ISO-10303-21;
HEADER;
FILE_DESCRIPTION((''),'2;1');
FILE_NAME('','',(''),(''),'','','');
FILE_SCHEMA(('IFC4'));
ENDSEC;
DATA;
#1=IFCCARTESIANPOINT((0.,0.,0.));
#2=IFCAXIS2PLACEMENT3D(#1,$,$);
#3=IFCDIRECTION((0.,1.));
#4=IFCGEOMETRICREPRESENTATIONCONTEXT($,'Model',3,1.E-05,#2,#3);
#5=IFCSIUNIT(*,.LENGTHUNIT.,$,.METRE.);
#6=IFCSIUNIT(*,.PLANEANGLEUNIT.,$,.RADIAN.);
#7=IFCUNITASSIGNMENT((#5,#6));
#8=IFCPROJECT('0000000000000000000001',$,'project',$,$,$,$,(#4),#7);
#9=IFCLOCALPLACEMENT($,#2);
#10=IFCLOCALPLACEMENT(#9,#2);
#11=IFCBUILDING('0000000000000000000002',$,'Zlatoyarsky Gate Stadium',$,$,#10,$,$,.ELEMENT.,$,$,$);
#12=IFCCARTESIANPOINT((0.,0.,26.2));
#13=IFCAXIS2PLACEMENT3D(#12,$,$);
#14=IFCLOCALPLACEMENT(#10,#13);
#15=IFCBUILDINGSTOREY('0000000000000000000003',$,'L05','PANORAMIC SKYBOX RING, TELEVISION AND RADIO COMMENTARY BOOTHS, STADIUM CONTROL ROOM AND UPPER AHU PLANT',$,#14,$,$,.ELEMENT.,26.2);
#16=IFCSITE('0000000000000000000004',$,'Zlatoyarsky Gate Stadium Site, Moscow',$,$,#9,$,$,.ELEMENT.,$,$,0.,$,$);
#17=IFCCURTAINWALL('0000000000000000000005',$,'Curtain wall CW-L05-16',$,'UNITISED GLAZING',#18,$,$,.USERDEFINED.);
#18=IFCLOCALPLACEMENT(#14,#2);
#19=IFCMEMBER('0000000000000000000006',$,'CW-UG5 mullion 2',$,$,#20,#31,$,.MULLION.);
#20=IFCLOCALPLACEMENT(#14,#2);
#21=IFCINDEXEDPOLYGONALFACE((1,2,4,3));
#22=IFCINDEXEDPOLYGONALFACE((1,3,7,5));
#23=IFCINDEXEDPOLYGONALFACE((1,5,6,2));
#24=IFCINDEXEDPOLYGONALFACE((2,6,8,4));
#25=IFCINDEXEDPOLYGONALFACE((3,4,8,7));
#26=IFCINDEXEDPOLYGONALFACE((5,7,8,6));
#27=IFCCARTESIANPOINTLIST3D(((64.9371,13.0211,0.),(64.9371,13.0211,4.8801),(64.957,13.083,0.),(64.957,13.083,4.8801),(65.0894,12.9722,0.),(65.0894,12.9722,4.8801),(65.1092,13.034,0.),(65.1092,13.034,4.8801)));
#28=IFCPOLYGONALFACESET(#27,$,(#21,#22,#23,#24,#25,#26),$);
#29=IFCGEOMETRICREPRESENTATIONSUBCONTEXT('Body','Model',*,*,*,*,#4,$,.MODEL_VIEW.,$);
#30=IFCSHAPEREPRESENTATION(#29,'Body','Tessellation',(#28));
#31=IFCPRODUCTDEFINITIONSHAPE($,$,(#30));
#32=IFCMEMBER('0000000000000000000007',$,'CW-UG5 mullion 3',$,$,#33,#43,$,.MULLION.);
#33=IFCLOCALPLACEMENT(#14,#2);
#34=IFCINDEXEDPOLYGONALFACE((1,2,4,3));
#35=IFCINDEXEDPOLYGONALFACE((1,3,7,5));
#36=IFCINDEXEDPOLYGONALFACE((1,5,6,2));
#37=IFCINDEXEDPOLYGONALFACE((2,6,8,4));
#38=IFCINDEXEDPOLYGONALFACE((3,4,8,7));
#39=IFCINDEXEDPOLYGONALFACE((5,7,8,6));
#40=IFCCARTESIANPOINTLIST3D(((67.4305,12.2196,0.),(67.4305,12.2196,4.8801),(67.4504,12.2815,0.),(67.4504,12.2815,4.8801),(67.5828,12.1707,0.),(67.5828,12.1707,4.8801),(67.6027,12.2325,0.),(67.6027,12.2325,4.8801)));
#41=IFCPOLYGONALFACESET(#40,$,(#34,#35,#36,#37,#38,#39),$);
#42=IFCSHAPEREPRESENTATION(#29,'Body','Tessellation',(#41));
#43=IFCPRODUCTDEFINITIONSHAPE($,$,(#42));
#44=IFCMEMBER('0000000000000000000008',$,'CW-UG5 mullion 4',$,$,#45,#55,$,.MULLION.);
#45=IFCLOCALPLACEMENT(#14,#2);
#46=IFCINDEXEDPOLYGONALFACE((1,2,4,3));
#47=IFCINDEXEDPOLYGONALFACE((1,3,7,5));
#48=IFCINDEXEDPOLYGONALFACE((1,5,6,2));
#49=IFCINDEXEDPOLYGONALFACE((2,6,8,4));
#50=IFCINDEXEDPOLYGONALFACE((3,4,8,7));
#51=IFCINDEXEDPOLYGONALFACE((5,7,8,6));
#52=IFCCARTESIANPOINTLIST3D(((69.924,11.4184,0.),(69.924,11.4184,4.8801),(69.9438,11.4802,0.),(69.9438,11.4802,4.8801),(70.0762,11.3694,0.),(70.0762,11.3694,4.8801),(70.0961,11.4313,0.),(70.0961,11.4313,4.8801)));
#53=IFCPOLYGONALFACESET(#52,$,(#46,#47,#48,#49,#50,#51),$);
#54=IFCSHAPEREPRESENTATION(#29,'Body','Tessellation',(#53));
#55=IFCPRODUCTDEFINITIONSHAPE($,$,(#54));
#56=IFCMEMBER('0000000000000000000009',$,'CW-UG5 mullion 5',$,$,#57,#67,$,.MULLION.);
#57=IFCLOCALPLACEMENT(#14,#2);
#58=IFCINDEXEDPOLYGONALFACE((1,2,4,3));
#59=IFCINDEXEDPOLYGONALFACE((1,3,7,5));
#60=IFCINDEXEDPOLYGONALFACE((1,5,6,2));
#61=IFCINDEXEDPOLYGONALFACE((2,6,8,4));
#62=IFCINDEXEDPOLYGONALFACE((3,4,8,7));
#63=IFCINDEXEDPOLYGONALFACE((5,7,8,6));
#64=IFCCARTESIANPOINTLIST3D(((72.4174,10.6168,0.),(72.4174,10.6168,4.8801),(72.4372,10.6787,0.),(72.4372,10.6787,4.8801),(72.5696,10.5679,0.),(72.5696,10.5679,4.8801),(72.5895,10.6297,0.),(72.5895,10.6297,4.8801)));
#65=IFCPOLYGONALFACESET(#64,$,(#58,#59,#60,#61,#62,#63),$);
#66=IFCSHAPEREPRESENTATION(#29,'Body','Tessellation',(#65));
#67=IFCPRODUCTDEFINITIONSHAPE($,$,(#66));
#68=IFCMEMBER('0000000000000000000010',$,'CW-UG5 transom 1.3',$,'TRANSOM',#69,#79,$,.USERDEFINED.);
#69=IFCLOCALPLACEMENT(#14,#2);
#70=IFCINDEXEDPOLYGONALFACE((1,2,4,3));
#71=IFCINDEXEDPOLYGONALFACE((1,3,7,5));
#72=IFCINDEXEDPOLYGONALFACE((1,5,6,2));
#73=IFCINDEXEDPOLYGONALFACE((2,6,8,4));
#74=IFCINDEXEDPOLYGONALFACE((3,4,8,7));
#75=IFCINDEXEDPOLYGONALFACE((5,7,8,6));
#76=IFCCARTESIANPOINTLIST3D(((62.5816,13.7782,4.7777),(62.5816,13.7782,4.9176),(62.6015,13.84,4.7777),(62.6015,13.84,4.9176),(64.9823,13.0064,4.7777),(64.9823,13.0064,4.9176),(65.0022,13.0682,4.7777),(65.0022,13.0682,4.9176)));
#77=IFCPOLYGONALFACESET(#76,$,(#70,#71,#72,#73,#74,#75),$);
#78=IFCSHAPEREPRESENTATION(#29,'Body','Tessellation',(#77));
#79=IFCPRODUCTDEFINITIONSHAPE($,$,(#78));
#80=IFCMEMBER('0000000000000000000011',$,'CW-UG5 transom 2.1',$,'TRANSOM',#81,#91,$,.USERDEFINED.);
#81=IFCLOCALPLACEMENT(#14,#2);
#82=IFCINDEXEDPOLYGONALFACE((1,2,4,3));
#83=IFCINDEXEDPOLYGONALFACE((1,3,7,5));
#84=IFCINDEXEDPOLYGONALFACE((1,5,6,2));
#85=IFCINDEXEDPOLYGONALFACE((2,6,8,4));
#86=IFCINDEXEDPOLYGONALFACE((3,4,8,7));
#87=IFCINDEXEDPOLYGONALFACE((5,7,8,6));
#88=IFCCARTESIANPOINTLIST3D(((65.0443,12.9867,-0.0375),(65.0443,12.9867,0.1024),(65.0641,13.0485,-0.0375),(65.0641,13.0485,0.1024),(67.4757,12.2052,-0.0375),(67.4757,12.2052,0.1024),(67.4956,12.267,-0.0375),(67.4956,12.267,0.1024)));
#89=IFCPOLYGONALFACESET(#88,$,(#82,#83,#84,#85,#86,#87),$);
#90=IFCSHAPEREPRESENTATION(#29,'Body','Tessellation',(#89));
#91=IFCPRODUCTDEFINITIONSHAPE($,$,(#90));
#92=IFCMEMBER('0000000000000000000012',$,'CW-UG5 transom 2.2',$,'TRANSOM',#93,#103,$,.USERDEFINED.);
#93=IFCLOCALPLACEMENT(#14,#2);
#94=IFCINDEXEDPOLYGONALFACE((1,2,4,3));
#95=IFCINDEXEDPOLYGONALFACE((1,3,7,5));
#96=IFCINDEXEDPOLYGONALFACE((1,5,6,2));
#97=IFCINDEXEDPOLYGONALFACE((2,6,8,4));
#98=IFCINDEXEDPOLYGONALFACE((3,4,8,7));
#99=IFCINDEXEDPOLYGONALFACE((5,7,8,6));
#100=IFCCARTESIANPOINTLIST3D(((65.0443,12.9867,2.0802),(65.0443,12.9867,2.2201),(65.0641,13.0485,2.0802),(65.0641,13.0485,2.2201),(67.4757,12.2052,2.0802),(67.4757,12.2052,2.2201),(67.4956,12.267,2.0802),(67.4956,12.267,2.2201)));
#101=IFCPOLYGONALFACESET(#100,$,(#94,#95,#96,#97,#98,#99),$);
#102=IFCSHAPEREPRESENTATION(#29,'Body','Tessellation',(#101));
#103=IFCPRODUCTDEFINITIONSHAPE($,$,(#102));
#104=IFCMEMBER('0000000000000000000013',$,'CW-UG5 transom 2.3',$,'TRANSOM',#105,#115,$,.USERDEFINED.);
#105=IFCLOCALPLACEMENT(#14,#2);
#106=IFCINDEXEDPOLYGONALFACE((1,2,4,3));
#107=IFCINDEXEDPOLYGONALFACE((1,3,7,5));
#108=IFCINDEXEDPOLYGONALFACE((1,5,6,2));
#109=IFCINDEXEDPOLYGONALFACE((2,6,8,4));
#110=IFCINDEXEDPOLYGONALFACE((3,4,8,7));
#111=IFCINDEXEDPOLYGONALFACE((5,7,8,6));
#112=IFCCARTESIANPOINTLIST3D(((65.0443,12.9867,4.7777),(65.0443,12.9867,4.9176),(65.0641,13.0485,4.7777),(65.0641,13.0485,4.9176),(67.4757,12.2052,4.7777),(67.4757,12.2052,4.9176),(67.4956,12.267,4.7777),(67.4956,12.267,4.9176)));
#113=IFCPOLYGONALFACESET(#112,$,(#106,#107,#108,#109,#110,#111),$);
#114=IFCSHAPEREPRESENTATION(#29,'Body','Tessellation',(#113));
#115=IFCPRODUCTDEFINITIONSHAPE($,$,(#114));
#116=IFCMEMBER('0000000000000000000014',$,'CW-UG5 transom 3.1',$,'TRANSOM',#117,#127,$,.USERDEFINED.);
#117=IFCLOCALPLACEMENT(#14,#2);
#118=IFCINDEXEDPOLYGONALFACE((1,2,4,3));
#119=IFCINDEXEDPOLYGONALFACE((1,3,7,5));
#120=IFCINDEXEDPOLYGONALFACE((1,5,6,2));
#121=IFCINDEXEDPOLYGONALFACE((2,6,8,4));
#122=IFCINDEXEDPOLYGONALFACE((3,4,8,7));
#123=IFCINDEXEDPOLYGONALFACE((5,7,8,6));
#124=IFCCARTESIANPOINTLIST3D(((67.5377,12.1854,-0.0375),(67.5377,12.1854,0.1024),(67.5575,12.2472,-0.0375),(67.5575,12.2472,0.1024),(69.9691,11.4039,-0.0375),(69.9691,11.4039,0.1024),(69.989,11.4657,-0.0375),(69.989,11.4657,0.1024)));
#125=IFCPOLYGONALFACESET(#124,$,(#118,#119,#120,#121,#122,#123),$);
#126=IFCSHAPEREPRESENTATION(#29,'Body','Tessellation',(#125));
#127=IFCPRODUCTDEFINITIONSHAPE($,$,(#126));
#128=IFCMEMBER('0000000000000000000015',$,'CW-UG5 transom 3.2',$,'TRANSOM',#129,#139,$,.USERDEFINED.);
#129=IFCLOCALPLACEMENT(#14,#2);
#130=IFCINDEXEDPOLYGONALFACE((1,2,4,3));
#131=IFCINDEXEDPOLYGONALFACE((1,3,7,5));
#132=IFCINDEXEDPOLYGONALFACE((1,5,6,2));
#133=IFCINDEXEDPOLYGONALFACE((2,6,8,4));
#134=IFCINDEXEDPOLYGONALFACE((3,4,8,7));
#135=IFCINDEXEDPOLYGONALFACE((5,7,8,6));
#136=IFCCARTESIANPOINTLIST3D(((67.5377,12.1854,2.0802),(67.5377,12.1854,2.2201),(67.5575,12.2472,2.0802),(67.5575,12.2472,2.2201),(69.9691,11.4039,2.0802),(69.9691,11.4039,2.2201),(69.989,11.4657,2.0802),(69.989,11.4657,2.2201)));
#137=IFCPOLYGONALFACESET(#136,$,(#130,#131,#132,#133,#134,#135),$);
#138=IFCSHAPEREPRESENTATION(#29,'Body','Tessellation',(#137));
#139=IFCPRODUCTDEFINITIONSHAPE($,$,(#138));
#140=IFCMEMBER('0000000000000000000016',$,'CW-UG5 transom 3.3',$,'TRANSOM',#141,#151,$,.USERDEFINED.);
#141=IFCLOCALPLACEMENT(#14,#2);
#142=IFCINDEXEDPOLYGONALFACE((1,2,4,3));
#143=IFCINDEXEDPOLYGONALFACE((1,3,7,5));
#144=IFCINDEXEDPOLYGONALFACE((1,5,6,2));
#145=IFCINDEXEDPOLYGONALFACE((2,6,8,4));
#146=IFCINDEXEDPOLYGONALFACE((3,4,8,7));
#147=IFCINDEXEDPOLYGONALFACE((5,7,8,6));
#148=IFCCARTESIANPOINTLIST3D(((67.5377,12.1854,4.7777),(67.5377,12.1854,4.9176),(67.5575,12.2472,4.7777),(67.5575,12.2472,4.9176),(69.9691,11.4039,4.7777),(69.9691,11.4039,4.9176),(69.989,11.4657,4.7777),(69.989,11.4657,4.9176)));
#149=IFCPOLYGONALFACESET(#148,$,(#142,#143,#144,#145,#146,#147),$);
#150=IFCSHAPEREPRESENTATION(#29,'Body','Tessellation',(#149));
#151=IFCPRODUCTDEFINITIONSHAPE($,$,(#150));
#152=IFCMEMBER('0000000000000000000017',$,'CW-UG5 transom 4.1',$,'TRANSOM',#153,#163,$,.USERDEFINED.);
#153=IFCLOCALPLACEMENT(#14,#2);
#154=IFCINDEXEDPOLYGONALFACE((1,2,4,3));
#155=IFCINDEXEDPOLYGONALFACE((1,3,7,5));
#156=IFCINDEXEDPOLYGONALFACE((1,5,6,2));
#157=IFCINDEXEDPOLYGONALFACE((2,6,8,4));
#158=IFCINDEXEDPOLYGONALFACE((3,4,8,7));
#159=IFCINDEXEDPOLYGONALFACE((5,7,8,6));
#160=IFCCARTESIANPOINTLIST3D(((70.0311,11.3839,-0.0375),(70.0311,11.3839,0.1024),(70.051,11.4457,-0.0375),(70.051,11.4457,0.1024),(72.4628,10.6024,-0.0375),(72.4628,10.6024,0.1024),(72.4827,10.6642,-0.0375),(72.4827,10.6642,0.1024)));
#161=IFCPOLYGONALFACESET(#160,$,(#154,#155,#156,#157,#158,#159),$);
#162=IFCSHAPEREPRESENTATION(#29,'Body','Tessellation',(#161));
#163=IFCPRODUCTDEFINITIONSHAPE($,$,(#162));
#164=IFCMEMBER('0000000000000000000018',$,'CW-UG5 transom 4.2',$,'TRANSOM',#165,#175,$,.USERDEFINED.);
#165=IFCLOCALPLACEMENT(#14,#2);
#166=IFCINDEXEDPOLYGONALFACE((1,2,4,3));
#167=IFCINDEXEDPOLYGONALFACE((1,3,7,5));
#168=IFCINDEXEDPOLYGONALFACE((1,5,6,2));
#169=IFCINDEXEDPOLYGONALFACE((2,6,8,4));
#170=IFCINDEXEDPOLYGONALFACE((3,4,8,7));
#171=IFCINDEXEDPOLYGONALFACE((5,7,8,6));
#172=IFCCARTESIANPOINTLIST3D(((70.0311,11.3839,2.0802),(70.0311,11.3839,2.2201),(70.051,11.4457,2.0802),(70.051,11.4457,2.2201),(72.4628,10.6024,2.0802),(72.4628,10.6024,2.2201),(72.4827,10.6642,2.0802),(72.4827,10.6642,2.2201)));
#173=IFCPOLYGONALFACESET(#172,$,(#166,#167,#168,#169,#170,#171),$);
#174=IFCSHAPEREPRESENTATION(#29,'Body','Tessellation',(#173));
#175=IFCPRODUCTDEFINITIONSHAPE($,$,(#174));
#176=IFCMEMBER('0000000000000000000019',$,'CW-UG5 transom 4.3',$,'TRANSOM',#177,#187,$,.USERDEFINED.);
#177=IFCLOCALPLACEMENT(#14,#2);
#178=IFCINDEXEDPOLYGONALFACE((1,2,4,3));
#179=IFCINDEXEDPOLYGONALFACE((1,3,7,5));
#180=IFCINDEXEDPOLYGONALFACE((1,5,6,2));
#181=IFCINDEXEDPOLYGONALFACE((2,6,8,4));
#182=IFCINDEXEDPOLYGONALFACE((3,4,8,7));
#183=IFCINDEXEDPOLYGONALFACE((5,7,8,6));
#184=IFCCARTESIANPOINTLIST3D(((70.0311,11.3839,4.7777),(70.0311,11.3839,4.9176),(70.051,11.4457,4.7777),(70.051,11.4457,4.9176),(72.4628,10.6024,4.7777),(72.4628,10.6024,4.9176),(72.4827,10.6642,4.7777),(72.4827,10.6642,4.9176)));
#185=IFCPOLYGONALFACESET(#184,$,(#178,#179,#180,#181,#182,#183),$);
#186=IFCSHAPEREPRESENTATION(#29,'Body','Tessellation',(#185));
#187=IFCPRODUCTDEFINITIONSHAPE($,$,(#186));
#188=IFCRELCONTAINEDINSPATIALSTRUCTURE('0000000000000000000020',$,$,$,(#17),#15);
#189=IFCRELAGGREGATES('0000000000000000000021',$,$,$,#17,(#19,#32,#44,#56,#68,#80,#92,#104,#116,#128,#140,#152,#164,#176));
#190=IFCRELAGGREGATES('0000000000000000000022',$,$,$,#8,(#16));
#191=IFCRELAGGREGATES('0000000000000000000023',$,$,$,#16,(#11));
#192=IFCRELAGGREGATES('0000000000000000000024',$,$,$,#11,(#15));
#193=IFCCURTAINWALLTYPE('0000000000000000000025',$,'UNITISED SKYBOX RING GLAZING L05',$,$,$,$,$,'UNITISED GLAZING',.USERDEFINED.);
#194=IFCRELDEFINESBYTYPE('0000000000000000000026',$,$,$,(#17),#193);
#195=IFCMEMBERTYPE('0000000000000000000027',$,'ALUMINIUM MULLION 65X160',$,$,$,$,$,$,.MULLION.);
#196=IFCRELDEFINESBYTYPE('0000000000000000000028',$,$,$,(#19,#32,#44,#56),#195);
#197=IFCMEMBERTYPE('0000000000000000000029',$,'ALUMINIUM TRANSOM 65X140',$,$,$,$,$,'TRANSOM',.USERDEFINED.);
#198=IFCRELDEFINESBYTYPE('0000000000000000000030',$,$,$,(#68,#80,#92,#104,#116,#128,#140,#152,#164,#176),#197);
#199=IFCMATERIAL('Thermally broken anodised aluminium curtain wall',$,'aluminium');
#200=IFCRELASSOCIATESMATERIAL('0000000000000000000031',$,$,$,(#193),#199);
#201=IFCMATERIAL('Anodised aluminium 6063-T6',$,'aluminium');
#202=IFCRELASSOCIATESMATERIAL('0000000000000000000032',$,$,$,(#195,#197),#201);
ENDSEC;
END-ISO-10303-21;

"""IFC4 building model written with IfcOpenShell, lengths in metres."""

from ifc_helpers import new_model, si_unit, direction, frame, origin, origin_2d, place, context, subcontext, project, spatial, rectangle, extrude, material, material_profile, profile_set, type_object, element, aggregate, save


model = new_model("IFC4")

# Units and contexts
model_context = context("Model", 3, precision=1e-05, world=origin(), true_north=direction((0.0, 1.0)))
body_context = subcontext(model_context, "Body", "Model", "MODEL_VIEW")
ifc_project = project(units=[si_unit("LENGTHUNIT", "METRE"), si_unit("PLANEANGLEUNIT", "RADIAN")], contexts=[model_context])

# Site, building, storey
site_placement = place(None, origin())
site = spatial("IfcSite", under=ifc_project, at=site_placement, Name="Zlatoyarsky Gate Stadium Site, Moscow", CompositionType="ELEMENT", RefElevation=0.0)
building_placement = place(site_placement, origin())
building = spatial("IfcBuilding", under=site, at=building_placement, Name="Zlatoyarsky Gate Stadium", CompositionType="ELEMENT")
storey_placement = place(building_placement, frame((0.0, 0.0, 26.2)))
storey = spatial("IfcBuildingStorey", under=building, at=storey_placement, Name="L05", Description="PANORAMIC SKYBOX RING, TELEVISION AND RADIO COMMENTARY BOOTHS, STADIUM CONTROL ROOM AND UPPER AHU PLANT", CompositionType="ELEMENT", Elevation=26.2)

# Curtain wall, members
ifc_material_1 = material(Name="Thermally broken anodised aluminium curtain wall", Category="aluminium")
curtain_wall_type = type_object("IfcCurtainWallType", Name="UNITISED SKYBOX RING GLAZING L05", ElementType="UNITISED GLAZING", PredefinedType="USERDEFINED", material=ifc_material_1)
curtain_wall_placement = place(storey_placement, origin())
curtain_wall = element("IfcCurtainWall", 1, at=curtain_wall_placement, inside=storey, type_object=curtain_wall_type, Name="Curtain wall CW-L05-16", ObjectType="UNITISED GLAZING", PredefinedType="USERDEFINED")
ifc_material_2 = material(Name="Anodised aluminium 6063-T6", Category="aluminium")
ifc_material_profile_1 = material_profile(ifc_material_2, rectangle(XDim=0.0649, YDim=0.1599, at=origin_2d()), Name="ALU 65X160")
ifc_profile_set_1 = profile_set([ifc_material_profile_1], Name="Anodised aluminium 6063-T6")
member_type_1 = type_object("IfcMemberType", Name="ALUMINIUM MULLION 65X160", PredefinedType="MULLION", material=ifc_profile_set_1)
member_1_placement = place(storey_placement, frame((65.0232, 13.0276, 0.0), z_axis=(0.0, 0.0, 1.0), x_axis=(0.305978, 0.952039, 0.0)))
member_1 = element("IfcMember", 2, at=member_1_placement, type_object=member_type_1, Name="CW-UG5 mullion 2", PredefinedType="MULLION", context=body_context, shape_type="SweptSolid", body=[
    extrude(rectangle(XDim=0.0649, YDim=0.1599, at=origin_2d()), origin(), (0.0, 0.0, 1.0), 4.8801),
])
member_2_placement = place(storey_placement, frame((67.5166, 12.2261, 0.0), z_axis=(0.0, 0.0, 1.0), x_axis=(0.305978, 0.952039, 0.0)))
member_2 = element("IfcMember", 3, at=member_2_placement, type_object=member_type_1, Name="CW-UG5 mullion 3", PredefinedType="MULLION", context=body_context, shape_type="SweptSolid", body=[
    extrude(rectangle(XDim=0.0649, YDim=0.1599, at=origin_2d()), origin(), (0.0, 0.0, 1.0), 4.8801),
])
member_3_placement = place(storey_placement, frame((70.01, 11.4248, 0.0), z_axis=(0.0, 0.0, 1.0), x_axis=(0.305978, 0.952039, 0.0)))
member_3 = element("IfcMember", 4, at=member_3_placement, type_object=member_type_1, Name="CW-UG5 mullion 4", PredefinedType="MULLION", context=body_context, shape_type="SweptSolid", body=[
    extrude(rectangle(XDim=0.0649, YDim=0.1599, at=origin_2d()), origin(), (0.0, 0.0, 1.0), 4.8801),
])
member_4_placement = place(storey_placement, frame((72.5034, 10.6233, 0.0), z_axis=(0.0, 0.0, 1.0), x_axis=(0.305978, 0.952039, 0.0)))
member_4 = element("IfcMember", 5, at=member_4_placement, type_object=member_type_1, Name="CW-UG5 mullion 5", PredefinedType="MULLION", context=body_context, shape_type="SweptSolid", body=[
    extrude(rectangle(XDim=0.0649, YDim=0.1599, at=origin_2d()), origin(), (0.0, 0.0, 1.0), 4.8801),
])
ifc_material_profile_2 = material_profile(ifc_material_2, rectangle(XDim=0.0649, YDim=0.1399, at=origin_2d()), Name="ALU 65X140")
ifc_profile_set_2 = profile_set([ifc_material_profile_2], Name="Anodised aluminium 6063-T6")
member_type_2 = type_object("IfcMemberType", Name="ALUMINIUM TRANSOM 65X140", ElementType="TRANSOM", PredefinedType="USERDEFINED", material=ifc_profile_set_2)
member_5_placement = place(storey_placement, frame((62.5916, 13.8091, 4.8477), z_axis=(0.952017, -0.306044, 0.0), x_axis=(0.306044, 0.952017, 0.0)))
member_5 = element("IfcMember", 6, at=member_5_placement, type_object=member_type_2, Name="CW-UG5 transom 1.3", ObjectType="TRANSOM", PredefinedType="USERDEFINED", context=body_context, shape_type="SweptSolid", body=[
    extrude(rectangle(XDim=0.0649, YDim=0.1399, at=origin_2d()), origin(), (0.0, 0.0, 1.0), 2.5217),
])
member_6_placement = place(storey_placement, frame((65.0542, 13.0176, 0.0325), z_axis=(0.952032, -0.306, 0.0), x_axis=(0.306, 0.952032, 0.0)))
member_6 = element("IfcMember", 7, at=member_6_placement, type_object=member_type_2, Name="CW-UG5 transom 2.1", ObjectType="TRANSOM", PredefinedType="USERDEFINED", context=body_context, shape_type="SweptSolid", body=[
    extrude(rectangle(XDim=0.0649, YDim=0.1399, at=origin_2d()), origin(), (0.0, 0.0, 1.0), 2.554),
])
member_7_placement = place(storey_placement, frame((65.0542, 13.0176, 2.1501), z_axis=(0.952032, -0.306, 0.0), x_axis=(0.306, 0.952032, 0.0)))
member_7 = element("IfcMember", 8, at=member_7_placement, type_object=member_type_2, Name="CW-UG5 transom 2.2", ObjectType="TRANSOM", PredefinedType="USERDEFINED", context=body_context, shape_type="SweptSolid", body=[
    extrude(rectangle(XDim=0.0649, YDim=0.1399, at=origin_2d()), origin(), (0.0, 0.0, 1.0), 2.554),
])
member_8_placement = place(storey_placement, frame((65.0542, 13.0176, 4.8477), z_axis=(0.952032, -0.306, 0.0), x_axis=(0.306, 0.952032, 0.0)))
member_8 = element("IfcMember", 9, at=member_8_placement, type_object=member_type_2, Name="CW-UG5 transom 2.3", ObjectType="TRANSOM", PredefinedType="USERDEFINED", context=body_context, shape_type="SweptSolid", body=[
    extrude(rectangle(XDim=0.0649, YDim=0.1399, at=origin_2d()), origin(), (0.0, 0.0, 1.0), 2.554),
])
member_9_placement = place(storey_placement, frame((67.5476, 12.2163, 0.0325), z_axis=(0.952032, -0.306, 0.0), x_axis=(0.306, 0.952032, 0.0)))
member_9 = element("IfcMember", 10, at=member_9_placement, type_object=member_type_2, Name="CW-UG5 transom 3.1", ObjectType="TRANSOM", PredefinedType="USERDEFINED", context=body_context, shape_type="SweptSolid", body=[
    extrude(rectangle(XDim=0.0649, YDim=0.1399, at=origin_2d()), origin(), (0.0, 0.0, 1.0), 2.554),
])
member_10_placement = place(storey_placement, frame((67.5476, 12.2163, 2.1501), z_axis=(0.952032, -0.306, 0.0), x_axis=(0.306, 0.952032, 0.0)))
member_10 = element("IfcMember", 11, at=member_10_placement, type_object=member_type_2, Name="CW-UG5 transom 3.2", ObjectType="TRANSOM", PredefinedType="USERDEFINED", context=body_context, shape_type="SweptSolid", body=[
    extrude(rectangle(XDim=0.0649, YDim=0.1399, at=origin_2d()), origin(), (0.0, 0.0, 1.0), 2.554),
])
member_11_placement = place(storey_placement, frame((67.5476, 12.2163, 4.8477), z_axis=(0.952032, -0.306, 0.0), x_axis=(0.306, 0.952032, 0.0)))
member_11 = element("IfcMember", 12, at=member_11_placement, type_object=member_type_2, Name="CW-UG5 transom 3.3", ObjectType="TRANSOM", PredefinedType="USERDEFINED", context=body_context, shape_type="SweptSolid", body=[
    extrude(rectangle(XDim=0.0649, YDim=0.1399, at=origin_2d()), origin(), (0.0, 0.0, 1.0), 2.554),
])
member_12_placement = place(storey_placement, frame((70.041, 11.4148, 0.0325), z_axis=(0.95204, -0.305972, 0.0), x_axis=(0.305972, 0.95204, 0.0)))
member_12 = element("IfcMember", 13, at=member_12_placement, type_object=member_type_2, Name="CW-UG5 transom 4.1", ObjectType="TRANSOM", PredefinedType="USERDEFINED", context=body_context, shape_type="SweptSolid", body=[
    extrude(rectangle(XDim=0.0649, YDim=0.1399, at=origin_2d()), origin(), (0.0, 0.0, 1.0), 2.5542),
])
member_13_placement = place(storey_placement, frame((70.041, 11.4148, 2.1501), z_axis=(0.95204, -0.305972, 0.0), x_axis=(0.305972, 0.95204, 0.0)))
member_13 = element("IfcMember", 14, at=member_13_placement, type_object=member_type_2, Name="CW-UG5 transom 4.2", ObjectType="TRANSOM", PredefinedType="USERDEFINED", context=body_context, shape_type="SweptSolid", body=[
    extrude(rectangle(XDim=0.0649, YDim=0.1399, at=origin_2d()), origin(), (0.0, 0.0, 1.0), 2.5542),
])
member_14_placement = place(storey_placement, frame((70.041, 11.4148, 4.8477), z_axis=(0.95204, -0.305972, 0.0), x_axis=(0.305972, 0.95204, 0.0)))
member_14 = element("IfcMember", 15, at=member_14_placement, type_object=member_type_2, Name="CW-UG5 transom 4.3", ObjectType="TRANSOM", PredefinedType="USERDEFINED", context=body_context, shape_type="SweptSolid", body=[
    extrude(rectangle(XDim=0.0649, YDim=0.1399, at=origin_2d()), origin(), (0.0, 0.0, 1.0), 2.5542),
])

aggregate(curtain_wall, [member_1, member_2, member_3, member_4, member_5, member_6, member_7, member_8, member_9, member_10, member_11, member_12, member_13, member_14])

save(model, "model.ifc")
